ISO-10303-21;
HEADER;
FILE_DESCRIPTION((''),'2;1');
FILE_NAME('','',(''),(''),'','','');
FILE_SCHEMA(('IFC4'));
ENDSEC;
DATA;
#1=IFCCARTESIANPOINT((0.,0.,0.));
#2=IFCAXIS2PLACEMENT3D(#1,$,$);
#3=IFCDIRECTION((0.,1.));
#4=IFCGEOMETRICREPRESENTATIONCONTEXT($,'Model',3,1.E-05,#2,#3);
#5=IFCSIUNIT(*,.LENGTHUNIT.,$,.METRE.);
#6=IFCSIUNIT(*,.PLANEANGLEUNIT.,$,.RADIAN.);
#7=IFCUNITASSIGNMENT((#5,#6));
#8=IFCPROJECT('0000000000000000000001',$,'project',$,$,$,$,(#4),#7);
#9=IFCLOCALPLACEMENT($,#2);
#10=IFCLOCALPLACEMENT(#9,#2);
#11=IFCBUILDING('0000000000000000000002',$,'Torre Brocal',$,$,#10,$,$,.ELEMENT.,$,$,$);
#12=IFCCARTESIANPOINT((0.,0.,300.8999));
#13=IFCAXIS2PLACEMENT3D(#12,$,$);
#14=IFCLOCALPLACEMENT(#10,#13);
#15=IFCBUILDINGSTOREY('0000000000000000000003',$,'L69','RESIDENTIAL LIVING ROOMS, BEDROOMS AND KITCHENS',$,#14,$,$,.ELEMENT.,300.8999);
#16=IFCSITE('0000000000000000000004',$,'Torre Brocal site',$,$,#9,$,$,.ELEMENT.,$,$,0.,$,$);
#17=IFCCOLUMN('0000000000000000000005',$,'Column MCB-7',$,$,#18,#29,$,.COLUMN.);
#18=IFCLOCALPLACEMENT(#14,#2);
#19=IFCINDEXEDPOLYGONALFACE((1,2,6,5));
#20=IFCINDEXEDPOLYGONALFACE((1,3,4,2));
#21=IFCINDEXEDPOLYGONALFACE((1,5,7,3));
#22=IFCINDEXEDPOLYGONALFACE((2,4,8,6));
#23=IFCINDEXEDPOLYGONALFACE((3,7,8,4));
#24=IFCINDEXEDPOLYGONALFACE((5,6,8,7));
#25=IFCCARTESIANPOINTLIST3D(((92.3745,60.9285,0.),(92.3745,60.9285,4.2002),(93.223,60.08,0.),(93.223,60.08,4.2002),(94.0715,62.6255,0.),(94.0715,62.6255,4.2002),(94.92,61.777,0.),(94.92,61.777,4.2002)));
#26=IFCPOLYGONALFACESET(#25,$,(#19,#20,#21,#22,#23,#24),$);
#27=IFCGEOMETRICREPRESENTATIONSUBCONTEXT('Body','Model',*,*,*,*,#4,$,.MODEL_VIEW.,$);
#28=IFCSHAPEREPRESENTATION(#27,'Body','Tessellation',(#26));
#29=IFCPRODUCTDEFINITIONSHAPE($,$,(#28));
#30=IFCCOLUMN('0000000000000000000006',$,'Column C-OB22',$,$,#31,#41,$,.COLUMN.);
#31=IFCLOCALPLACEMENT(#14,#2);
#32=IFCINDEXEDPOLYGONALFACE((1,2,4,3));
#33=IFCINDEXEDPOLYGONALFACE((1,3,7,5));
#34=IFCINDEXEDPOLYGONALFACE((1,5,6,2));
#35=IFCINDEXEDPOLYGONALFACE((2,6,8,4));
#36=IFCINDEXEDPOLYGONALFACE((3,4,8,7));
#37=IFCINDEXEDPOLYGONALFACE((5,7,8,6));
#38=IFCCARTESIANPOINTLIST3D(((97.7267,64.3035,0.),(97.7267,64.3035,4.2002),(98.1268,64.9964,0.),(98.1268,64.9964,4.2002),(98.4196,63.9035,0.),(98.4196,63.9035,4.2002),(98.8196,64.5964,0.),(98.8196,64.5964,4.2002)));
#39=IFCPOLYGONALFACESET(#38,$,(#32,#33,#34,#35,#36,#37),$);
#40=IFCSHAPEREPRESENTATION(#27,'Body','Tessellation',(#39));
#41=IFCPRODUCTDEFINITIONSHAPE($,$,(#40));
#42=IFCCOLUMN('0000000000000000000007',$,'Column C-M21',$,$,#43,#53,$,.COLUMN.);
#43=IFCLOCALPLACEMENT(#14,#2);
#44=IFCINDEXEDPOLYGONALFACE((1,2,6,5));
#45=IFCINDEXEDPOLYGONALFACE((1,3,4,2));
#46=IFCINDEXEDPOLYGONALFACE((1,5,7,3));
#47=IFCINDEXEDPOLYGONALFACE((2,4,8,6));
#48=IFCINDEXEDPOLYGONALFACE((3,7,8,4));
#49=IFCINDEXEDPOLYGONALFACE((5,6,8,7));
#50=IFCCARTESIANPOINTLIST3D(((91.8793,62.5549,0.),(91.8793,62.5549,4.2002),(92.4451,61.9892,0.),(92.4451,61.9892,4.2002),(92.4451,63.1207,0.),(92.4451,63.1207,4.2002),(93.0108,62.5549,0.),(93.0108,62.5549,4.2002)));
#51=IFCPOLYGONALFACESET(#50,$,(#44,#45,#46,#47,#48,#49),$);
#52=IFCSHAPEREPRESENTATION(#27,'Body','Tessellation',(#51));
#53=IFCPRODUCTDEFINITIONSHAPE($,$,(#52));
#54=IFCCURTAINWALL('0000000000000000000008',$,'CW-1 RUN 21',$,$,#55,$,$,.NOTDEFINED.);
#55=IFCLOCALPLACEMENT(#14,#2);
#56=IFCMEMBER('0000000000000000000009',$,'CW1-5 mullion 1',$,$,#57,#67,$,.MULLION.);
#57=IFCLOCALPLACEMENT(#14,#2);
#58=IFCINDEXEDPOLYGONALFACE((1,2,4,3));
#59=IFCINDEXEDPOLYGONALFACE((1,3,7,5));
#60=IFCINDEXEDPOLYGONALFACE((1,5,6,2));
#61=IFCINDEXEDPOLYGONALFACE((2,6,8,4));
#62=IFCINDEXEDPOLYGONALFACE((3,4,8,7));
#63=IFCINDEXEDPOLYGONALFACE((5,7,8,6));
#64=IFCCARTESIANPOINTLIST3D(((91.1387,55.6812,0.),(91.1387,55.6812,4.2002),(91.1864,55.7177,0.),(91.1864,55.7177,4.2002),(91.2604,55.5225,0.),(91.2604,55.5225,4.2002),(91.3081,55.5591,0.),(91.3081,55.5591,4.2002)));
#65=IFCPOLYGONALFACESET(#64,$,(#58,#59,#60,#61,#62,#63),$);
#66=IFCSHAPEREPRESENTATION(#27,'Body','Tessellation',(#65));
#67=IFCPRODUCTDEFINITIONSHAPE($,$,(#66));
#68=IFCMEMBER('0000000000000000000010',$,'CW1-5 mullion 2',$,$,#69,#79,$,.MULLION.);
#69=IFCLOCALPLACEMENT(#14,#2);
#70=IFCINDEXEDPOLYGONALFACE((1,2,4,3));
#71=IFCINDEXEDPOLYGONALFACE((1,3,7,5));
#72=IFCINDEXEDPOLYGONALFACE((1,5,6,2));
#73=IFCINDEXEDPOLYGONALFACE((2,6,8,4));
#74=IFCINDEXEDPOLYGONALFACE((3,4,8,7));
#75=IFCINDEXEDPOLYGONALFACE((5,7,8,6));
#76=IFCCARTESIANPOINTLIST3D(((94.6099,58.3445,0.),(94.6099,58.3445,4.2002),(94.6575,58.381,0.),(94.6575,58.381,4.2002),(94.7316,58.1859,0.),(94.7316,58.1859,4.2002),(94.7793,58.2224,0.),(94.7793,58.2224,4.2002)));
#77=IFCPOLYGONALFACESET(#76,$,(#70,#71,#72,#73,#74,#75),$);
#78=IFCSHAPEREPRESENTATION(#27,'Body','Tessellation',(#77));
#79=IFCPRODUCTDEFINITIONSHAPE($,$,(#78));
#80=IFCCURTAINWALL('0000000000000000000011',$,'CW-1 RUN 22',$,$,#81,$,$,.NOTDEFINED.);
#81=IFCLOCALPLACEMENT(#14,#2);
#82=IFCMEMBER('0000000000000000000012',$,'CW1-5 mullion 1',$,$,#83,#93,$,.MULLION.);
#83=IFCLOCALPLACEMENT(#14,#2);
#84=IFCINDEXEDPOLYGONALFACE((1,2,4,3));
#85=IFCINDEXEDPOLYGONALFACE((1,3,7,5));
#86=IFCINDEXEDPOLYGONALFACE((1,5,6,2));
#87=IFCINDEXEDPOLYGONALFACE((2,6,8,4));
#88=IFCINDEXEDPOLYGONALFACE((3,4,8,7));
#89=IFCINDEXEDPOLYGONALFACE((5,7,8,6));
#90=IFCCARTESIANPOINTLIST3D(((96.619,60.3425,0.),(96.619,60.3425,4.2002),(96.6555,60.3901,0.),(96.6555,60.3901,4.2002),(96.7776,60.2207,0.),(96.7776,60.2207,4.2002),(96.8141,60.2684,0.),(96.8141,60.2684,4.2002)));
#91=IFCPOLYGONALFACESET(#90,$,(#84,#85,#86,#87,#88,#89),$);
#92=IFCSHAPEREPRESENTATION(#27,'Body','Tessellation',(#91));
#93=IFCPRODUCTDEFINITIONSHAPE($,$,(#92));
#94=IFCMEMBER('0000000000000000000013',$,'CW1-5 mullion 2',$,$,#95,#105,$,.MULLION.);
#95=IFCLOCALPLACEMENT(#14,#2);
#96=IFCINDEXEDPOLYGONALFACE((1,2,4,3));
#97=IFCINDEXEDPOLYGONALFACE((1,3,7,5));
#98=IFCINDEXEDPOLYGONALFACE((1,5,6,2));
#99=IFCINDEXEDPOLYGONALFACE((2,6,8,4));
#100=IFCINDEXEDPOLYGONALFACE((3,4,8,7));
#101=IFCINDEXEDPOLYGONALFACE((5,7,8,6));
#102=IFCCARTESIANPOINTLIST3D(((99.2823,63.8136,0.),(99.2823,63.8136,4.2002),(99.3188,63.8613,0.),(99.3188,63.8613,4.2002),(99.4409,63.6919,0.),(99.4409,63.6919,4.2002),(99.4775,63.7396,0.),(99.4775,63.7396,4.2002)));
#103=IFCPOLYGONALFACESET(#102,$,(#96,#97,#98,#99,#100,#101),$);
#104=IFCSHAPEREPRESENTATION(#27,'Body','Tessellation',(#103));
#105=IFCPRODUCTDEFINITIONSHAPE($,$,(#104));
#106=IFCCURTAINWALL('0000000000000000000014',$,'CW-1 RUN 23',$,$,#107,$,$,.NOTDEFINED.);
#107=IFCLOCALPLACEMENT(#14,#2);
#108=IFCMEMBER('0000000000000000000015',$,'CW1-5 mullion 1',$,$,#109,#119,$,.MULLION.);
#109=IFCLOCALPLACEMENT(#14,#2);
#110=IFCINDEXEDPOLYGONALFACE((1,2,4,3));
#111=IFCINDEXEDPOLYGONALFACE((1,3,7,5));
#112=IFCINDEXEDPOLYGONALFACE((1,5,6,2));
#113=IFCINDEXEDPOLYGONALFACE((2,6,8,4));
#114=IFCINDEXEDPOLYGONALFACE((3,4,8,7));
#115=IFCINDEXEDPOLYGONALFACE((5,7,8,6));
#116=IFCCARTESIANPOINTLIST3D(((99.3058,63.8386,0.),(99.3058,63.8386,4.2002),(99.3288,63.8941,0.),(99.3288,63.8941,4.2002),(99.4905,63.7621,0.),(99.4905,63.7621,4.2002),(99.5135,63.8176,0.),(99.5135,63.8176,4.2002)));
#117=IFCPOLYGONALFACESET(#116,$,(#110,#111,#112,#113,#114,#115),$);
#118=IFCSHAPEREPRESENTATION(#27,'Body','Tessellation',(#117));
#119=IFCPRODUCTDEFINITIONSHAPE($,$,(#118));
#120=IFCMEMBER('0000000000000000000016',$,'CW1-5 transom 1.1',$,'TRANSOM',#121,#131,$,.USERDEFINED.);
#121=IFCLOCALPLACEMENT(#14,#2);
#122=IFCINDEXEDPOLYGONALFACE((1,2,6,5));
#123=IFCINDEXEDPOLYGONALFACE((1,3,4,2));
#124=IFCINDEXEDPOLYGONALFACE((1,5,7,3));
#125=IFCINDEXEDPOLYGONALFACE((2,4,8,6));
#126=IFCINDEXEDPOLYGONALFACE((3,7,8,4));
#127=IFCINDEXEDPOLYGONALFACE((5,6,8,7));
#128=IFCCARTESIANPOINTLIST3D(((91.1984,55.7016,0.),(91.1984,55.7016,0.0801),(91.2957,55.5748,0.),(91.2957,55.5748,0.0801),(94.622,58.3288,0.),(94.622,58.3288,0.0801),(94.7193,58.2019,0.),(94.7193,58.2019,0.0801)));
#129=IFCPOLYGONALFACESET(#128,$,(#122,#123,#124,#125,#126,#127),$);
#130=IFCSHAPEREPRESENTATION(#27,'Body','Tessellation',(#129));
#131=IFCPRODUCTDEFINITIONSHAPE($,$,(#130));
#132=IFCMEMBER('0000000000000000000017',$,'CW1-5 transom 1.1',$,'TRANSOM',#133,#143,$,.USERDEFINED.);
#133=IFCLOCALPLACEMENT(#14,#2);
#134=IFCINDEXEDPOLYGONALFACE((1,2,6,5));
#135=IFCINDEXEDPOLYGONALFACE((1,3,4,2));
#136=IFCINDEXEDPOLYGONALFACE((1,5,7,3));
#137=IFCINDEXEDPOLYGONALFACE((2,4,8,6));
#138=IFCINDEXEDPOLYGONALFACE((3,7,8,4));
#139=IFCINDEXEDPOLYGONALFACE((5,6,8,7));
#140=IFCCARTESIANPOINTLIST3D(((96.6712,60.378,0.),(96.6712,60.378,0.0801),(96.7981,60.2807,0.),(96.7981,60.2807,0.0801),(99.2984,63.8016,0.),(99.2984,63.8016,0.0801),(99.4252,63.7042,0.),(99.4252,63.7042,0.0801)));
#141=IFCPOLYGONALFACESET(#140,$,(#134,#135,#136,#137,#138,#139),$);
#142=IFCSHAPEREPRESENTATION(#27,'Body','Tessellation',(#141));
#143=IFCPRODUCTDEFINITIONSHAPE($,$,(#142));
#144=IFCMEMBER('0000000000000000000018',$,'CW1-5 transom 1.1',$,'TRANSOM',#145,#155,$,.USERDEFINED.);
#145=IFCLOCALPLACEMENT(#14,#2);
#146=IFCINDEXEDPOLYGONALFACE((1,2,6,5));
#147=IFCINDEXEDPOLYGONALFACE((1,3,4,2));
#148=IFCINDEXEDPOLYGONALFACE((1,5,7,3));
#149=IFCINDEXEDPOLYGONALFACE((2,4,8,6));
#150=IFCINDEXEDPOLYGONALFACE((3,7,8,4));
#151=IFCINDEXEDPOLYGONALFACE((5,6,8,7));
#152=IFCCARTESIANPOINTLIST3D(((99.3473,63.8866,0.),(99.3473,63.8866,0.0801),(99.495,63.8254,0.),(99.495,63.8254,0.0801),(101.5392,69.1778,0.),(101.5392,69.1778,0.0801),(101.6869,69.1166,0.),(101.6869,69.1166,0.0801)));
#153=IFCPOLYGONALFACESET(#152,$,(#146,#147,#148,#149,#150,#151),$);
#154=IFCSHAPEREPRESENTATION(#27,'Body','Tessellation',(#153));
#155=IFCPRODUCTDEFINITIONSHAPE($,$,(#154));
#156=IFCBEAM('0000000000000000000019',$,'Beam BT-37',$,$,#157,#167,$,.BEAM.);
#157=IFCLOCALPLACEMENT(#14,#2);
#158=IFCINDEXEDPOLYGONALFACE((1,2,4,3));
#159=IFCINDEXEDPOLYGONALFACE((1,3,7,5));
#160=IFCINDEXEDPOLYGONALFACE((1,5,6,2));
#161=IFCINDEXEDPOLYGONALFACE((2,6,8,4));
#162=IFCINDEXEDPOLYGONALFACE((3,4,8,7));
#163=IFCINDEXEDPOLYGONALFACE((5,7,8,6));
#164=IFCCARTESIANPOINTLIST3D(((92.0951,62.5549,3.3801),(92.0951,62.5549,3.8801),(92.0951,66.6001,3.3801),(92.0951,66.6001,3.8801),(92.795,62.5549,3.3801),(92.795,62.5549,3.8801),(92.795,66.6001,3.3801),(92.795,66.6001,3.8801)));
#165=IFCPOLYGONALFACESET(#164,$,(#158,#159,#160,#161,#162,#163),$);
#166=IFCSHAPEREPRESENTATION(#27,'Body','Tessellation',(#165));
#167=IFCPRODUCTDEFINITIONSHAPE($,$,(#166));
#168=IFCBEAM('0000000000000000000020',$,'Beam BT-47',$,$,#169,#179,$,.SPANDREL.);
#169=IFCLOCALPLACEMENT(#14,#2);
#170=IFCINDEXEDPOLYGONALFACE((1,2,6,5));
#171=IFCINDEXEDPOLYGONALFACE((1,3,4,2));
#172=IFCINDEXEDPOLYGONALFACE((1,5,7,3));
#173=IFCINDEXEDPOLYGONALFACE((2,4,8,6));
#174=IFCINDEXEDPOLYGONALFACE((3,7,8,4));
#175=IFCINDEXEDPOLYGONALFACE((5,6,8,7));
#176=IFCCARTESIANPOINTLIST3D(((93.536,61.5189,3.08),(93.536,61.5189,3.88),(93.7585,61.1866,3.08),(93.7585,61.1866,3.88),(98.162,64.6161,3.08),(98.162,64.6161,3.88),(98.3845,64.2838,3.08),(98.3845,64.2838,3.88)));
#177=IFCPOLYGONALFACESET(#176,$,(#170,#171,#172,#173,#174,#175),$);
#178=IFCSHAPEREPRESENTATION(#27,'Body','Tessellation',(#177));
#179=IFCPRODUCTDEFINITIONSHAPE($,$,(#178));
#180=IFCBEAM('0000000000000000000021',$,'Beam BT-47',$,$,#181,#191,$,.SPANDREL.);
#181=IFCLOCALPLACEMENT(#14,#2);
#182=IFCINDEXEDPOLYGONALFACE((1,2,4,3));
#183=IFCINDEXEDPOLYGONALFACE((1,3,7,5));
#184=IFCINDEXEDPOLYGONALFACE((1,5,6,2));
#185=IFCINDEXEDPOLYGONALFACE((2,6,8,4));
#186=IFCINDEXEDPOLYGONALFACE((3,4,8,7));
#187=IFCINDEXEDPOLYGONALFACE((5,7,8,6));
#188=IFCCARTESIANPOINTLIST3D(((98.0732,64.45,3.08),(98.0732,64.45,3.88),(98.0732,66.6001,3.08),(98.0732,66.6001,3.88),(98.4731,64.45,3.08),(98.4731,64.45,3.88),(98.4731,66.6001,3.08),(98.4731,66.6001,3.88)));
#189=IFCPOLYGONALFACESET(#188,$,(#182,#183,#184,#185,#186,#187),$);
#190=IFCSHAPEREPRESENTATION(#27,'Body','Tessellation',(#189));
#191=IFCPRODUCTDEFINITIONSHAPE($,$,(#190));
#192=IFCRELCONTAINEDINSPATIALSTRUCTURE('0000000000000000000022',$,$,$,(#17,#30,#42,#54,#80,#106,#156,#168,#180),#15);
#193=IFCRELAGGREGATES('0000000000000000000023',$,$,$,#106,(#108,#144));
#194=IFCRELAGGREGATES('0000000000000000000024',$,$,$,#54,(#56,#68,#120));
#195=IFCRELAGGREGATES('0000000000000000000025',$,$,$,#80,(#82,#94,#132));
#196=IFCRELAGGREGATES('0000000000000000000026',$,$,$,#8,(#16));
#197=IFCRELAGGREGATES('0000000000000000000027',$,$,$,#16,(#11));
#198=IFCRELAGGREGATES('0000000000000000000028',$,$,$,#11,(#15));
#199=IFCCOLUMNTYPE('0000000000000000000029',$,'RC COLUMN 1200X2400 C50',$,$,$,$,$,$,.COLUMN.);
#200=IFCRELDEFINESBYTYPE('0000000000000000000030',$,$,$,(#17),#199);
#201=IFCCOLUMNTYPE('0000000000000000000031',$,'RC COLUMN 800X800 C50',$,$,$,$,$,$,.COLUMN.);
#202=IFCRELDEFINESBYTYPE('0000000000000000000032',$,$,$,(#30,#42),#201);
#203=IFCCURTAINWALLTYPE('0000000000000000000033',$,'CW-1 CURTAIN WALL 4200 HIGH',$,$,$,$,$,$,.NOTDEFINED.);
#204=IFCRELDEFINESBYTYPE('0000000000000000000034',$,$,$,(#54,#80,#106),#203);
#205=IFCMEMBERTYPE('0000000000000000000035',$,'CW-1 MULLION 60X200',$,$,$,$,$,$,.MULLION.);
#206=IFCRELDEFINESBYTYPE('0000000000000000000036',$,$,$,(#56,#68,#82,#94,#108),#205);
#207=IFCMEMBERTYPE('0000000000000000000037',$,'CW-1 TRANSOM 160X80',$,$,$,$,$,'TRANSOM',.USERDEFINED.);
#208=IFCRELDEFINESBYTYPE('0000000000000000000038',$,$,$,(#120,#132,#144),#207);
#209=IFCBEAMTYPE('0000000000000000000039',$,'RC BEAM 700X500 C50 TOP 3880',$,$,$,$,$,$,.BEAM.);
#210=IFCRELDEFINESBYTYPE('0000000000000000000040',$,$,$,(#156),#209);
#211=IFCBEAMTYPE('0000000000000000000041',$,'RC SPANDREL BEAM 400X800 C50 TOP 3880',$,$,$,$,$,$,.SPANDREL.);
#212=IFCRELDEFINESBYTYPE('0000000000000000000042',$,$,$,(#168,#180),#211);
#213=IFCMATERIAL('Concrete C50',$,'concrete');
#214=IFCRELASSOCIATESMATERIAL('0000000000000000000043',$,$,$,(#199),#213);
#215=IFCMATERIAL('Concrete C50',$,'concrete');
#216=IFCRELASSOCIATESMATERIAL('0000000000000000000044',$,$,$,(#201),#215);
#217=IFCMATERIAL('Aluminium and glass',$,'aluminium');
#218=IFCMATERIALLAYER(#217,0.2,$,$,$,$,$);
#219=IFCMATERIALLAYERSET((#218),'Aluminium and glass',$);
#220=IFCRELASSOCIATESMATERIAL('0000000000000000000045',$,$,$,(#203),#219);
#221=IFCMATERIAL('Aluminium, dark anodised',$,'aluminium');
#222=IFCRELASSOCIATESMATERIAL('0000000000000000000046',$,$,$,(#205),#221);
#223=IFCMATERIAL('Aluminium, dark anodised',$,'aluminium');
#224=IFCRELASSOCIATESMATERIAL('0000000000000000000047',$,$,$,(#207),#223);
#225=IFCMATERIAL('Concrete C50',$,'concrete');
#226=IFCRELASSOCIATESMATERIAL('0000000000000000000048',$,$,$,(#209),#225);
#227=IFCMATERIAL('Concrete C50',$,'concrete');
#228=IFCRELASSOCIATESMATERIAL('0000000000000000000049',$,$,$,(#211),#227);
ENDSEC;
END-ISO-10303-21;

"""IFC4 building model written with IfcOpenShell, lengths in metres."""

from ifc_helpers import new_model, si_unit, direction, frame, origin, origin_2d, place, context, subcontext, project, spatial, rectangle, extrude, material, layer, layer_set, material_profile, profile_set, type_object, element, aggregate, save


model = new_model("IFC4")

# Units and contexts
model_context = context("Model", 3, precision=1e-05, world=origin(), true_north=direction((0.0, 1.0)))
body_context = subcontext(model_context, "Body", "Model", "MODEL_VIEW")
ifc_project = project(units=[si_unit("LENGTHUNIT", "METRE"), si_unit("PLANEANGLEUNIT", "RADIAN")], contexts=[model_context])

# Site, building, storey
site_placement = place(None, origin())
site = spatial("IfcSite", under=ifc_project, at=site_placement, Name="Torre Brocal site", CompositionType="ELEMENT", RefElevation=0.0)
building_placement = place(site_placement, origin())
building = spatial("IfcBuilding", under=site, at=building_placement, Name="Torre Brocal", CompositionType="ELEMENT")
storey_placement = place(building_placement, frame((0.0, 0.0, 300.8999)))
storey = spatial("IfcBuildingStorey", under=building, at=storey_placement, Name="L69", Description="RESIDENTIAL LIVING ROOMS, BEDROOMS AND KITCHENS", CompositionType="ELEMENT", Elevation=300.8999)

# Columns
ifc_material_1 = material(Name="Concrete C50", Category="concrete")
ifc_material_profile_1 = material_profile(ifc_material_1, rectangle(XDim=1.2, YDim=2.3999, at=origin_2d()), Name="RC 1200X2400")
ifc_profile_set_1 = profile_set([ifc_material_profile_1], Name="Concrete C50")
column_type_1 = type_object("IfcColumnType", Name="RC COLUMN 1200X2400 C50", PredefinedType="COLUMN", material=ifc_profile_set_1)
column_placement = place(storey_placement, frame((93.6472, 61.3528, 0.0), z_axis=(0.0, 0.0, 1.0), x_axis=(0.707107, -0.707107, 0.0)))
element("IfcColumn", 1, at=column_placement, inside=storey, type_object=column_type_1, Name="Column MCB-7", PredefinedType="COLUMN", context=body_context, shape_type="SweptSolid", body=[
    extrude(rectangle(XDim=1.2, YDim=2.3999, at=origin_2d()), origin(), (0.0, 0.0, 1.0), 4.2002),
])
ifc_material_2 = material(Name="Concrete C50", Category="concrete")
ifc_material_profile_2 = material_profile(ifc_material_2, rectangle(XDim=0.8, YDim=0.8, at=origin_2d()), Name="RC 800X800")
ifc_profile_set_2 = profile_set([ifc_material_profile_2], Name="Concrete C50")
column_type_2 = type_object("IfcColumnType", Name="RC COLUMN 800X800 C50", PredefinedType="COLUMN", material=ifc_profile_set_2)
for number, where, z_axis, x_axis, name in (
    (2, (98.2732, 64.45, 0.0), (0.0, 0.0, 1.0), (0.866025, -0.5, 0.0), "Column C-OB22"),
    (3, (92.4451, 62.5549, 0.0), (0.0, 0.0, 1.0), (0.707107, -0.707107, 0.0), "Column C-M21"),
):
    element("IfcColumn", number, at=place(storey_placement, frame(where, z_axis=z_axis, x_axis=x_axis)), inside=storey, type_object=column_type_2, Name=name, PredefinedType="COLUMN", context=body_context, shape_type="SweptSolid", body=[
        extrude(rectangle(XDim=0.8, YDim=0.8, at=origin_2d()), origin(), (0.0, 0.0, 1.0), 4.2002),
    ])

# Curtain walls, members
ifc_material_3 = material(Name="Aluminium and glass", Category="aluminium")
ifc_layer_1 = layer(ifc_material_3, 0.2)
ifc_layer_set_1 = layer_set([ifc_layer_1], Name="Aluminium and glass")
curtain_wall_type = type_object("IfcCurtainWallType", Name="CW-1 CURTAIN WALL 4200 HIGH", PredefinedType="NOTDEFINED", material=ifc_layer_set_1)
curtain_wall_1_placement = place(storey_placement, origin())
curtain_wall_1 = element("IfcCurtainWall", 4, at=curtain_wall_1_placement, inside=storey, type_object=curtain_wall_type, Name="CW-1 RUN 21", PredefinedType="NOTDEFINED")
ifc_material_4 = material(Name="Aluminium, dark anodised", Category="aluminium")
ifc_material_profile_3 = material_profile(ifc_material_4, rectangle(XDim=0.2, YDim=0.0601, at=origin_2d()), Name="CW-1 MULLION 60X200")
ifc_profile_set_3 = profile_set([ifc_material_profile_3], Name="Aluminium, dark anodised")
member_type_1 = type_object("IfcMemberType", Name="CW-1 MULLION 60X200", PredefinedType="MULLION", material=ifc_profile_set_3)
member_1_placement = place(storey_placement, frame((91.2234, 55.6201, 0.0), z_axis=(0.0, 0.0, 1.0), x_axis=(-0.608761, 0.793353, 0.0)))
member_1 = element("IfcMember", 5, at=member_1_placement, type_object=member_type_1, Name="CW1-5 mullion 1", PredefinedType="MULLION", context=body_context, shape_type="SweptSolid", body=[
    extrude(rectangle(XDim=0.2, YDim=0.0601, at=origin_2d()), origin(), (0.0, 0.0, 1.0), 4.2002),
])
member_2_placement = place(storey_placement, frame((94.6946, 58.2834, 0.0), z_axis=(0.0, 0.0, 1.0), x_axis=(-0.608761, 0.793353, 0.0)))
member_2 = element("IfcMember", 6, at=member_2_placement, type_object=member_type_1, Name="CW1-5 mullion 2", PredefinedType="MULLION", context=body_context, shape_type="SweptSolid", body=[
    extrude(rectangle(XDim=0.2, YDim=0.0601, at=origin_2d()), origin(), (0.0, 0.0, 1.0), 4.2002),
])
curtain_wall_2_placement = place(storey_placement, origin())
curtain_wall_2 = element("IfcCurtainWall", 7, at=curtain_wall_2_placement, inside=storey, type_object=curtain_wall_type, Name="CW-1 RUN 22", PredefinedType="NOTDEFINED")
member_3_placement = place(storey_placement, frame((96.7166, 60.3054, 0.0), z_axis=(0.0, 0.0, 1.0), x_axis=(-0.793353, 0.608761, 0.0)))
member_3 = element("IfcMember", 8, at=member_3_placement, type_object=member_type_1, Name="CW1-5 mullion 1", PredefinedType="MULLION", context=body_context, shape_type="SweptSolid", body=[
    extrude(rectangle(XDim=0.2, YDim=0.0601, at=origin_2d()), origin(), (0.0, 0.0, 1.0), 4.2002),
])
member_4_placement = place(storey_placement, frame((99.3799, 63.7766, 0.0), z_axis=(0.0, 0.0, 1.0), x_axis=(-0.793353, 0.608761, 0.0)))
member_4 = element("IfcMember", 9, at=member_4_placement, type_object=member_type_1, Name="CW1-5 mullion 2", PredefinedType="MULLION", context=body_context, shape_type="SweptSolid", body=[
    extrude(rectangle(XDim=0.2, YDim=0.0601, at=origin_2d()), origin(), (0.0, 0.0, 1.0), 4.2002),
])

# Curtain wall, member
curtain_wall_3_placement = place(storey_placement, origin())
curtain_wall_3 = element("IfcCurtainWall", 10, at=curtain_wall_3_placement, inside=storey, type_object=curtain_wall_type, Name="CW-1 RUN 23", PredefinedType="NOTDEFINED")
member_5_placement = place(storey_placement, frame((99.4097, 63.8281, 0.0), z_axis=(0.0, 0.0, 1.0), x_axis=(-0.92388, 0.382683, 0.0)))
member_5 = element("IfcMember", 11, at=member_5_placement, type_object=member_type_1, Name="CW1-5 mullion 1", PredefinedType="MULLION", context=body_context, shape_type="SweptSolid", body=[
    extrude(rectangle(XDim=0.2, YDim=0.0601, at=origin_2d()), origin(), (0.0, 0.0, 1.0), 4.2002),
])

# Members
ifc_material_5 = material(Name="Aluminium, dark anodised", Category="aluminium")
ifc_material_profile_4 = material_profile(ifc_material_5, rectangle(XDim=0.1599, YDim=0.0801, at=origin_2d()), Name="CW-1 TRANSOM 160X80")
ifc_profile_set_4 = profile_set([ifc_material_profile_4], Name="Aluminium, dark anodised")
member_type_2 = type_object("IfcMemberType", Name="CW-1 TRANSOM 160X80", ElementType="TRANSOM", PredefinedType="USERDEFINED", material=ifc_profile_set_4)
member_6_placement = place(storey_placement, frame((91.2471, 55.6382, 0.04), z_axis=(0.793332, 0.608789, 0.0), x_axis=(-0.608789, 0.793332, 0.0)))
member_6 = element("IfcMember", 12, at=member_6_placement, type_object=member_type_2, Name="CW1-5 transom 1.1", ObjectType="TRANSOM", PredefinedType="USERDEFINED", context=body_context, shape_type="SweptSolid", body=[
    extrude(rectangle(XDim=0.1599, YDim=0.0801, at=origin_2d()), origin(), (0.0, 0.0, 1.0), 4.3154),
])
member_7_placement = place(storey_placement, frame((96.7346, 60.3293, 0.04), z_axis=(0.608789, 0.793332, 0.0), x_axis=(-0.793332, 0.608789, 0.0)))
member_7 = element("IfcMember", 13, at=member_7_placement, type_object=member_type_2, Name="CW1-5 transom 1.1", ObjectType="TRANSOM", PredefinedType="USERDEFINED", context=body_context, shape_type="SweptSolid", body=[
    extrude(rectangle(XDim=0.1599, YDim=0.0801, at=origin_2d()), origin(), (0.0, 0.0, 1.0), 4.3154),
])
member_8_placement = place(storey_placement, frame((99.4211, 63.856, 0.04), z_axis=(0.382711, 0.923868, 0.0), x_axis=(-0.923868, 0.382711, 0.0)))
member_8 = element("IfcMember", 14, at=member_8_placement, type_object=member_type_2, Name="CW1-5 transom 1.1", ObjectType="TRANSOM", PredefinedType="USERDEFINED", context=body_context, shape_type="SweptSolid", body=[
    extrude(rectangle(XDim=0.1599, YDim=0.0801, at=origin_2d()), origin(), (0.0, 0.0, 1.0), 5.7273),
])
aggregate(curtain_wall_3, [member_5, member_8])

# Beams
ifc_material_6 = material(Name="Concrete C50", Category="concrete")
ifc_material_profile_5 = material_profile(ifc_material_6, rectangle(XDim=0.7, YDim=0.5, at=origin_2d()), Name="RC 700X500")
ifc_profile_set_5 = profile_set([ifc_material_profile_5], Name="Concrete C50")
beam_type_1 = type_object("IfcBeamType", Name="RC BEAM 700X500 C50 TOP 3880", PredefinedType="BEAM", material=ifc_profile_set_5)
beam_1_placement = place(storey_placement, frame((92.4451, 62.5549, 3.6301), z_axis=(0.0, 1.0, 0.0), x_axis=(-1.0, 0.0, 0.0)))
element("IfcBeam", 15, at=beam_1_placement, inside=storey, type_object=beam_type_1, Name="Beam BT-37", PredefinedType="BEAM", context=body_context, shape_type="SweptSolid", body=[
    extrude(rectangle(XDim=0.7, YDim=0.5, at=origin_2d()), origin(), (0.0, 0.0, 1.0), 4.0452),
])
ifc_material_7 = material(Name="Concrete C50", Category="concrete")
ifc_material_profile_6 = material_profile(ifc_material_7, rectangle(XDim=0.3999, YDim=0.8, at=origin_2d()), Name="RC 400X800")
ifc_profile_set_6 = profile_set([ifc_material_profile_6], Name="Concrete C50")
beam_type_2 = type_object("IfcBeamType", Name="RC SPANDREL BEAM 400X800 C50 TOP 3880", PredefinedType="SPANDREL", material=ifc_profile_set_6)
beam_2_placement = place(storey_placement, frame((93.6472, 61.3528, 3.48), z_axis=(0.830956, 0.556339, 0.0), x_axis=(-0.556339, 0.830956, 0.0)))
element("IfcBeam", 16, at=beam_2_placement, inside=storey, type_object=beam_type_2, Name="Beam BT-47", PredefinedType="SPANDREL", context=body_context, shape_type="SweptSolid", body=[
    extrude(rectangle(XDim=0.3999, YDim=0.8, at=origin_2d()), origin(), (0.0, 0.0, 1.0), 5.5671),
])
beam_3_placement = place(storey_placement, frame((98.2732, 64.45, 3.48), z_axis=(0.0, 1.0, 0.0), x_axis=(-1.0, 0.0, 0.0)))
element("IfcBeam", 17, at=beam_3_placement, inside=storey, type_object=beam_type_2, Name="Beam BT-47", PredefinedType="SPANDREL", context=body_context, shape_type="SweptSolid", body=[
    extrude(rectangle(XDim=0.3999, YDim=0.8, at=origin_2d()), origin(), (0.0, 0.0, 1.0), 2.1501),
])

aggregate(curtain_wall_1, [member_1, member_2, member_6])
aggregate(curtain_wall_2, [member_3, member_4, member_7])

save(model, "model.ifc")
